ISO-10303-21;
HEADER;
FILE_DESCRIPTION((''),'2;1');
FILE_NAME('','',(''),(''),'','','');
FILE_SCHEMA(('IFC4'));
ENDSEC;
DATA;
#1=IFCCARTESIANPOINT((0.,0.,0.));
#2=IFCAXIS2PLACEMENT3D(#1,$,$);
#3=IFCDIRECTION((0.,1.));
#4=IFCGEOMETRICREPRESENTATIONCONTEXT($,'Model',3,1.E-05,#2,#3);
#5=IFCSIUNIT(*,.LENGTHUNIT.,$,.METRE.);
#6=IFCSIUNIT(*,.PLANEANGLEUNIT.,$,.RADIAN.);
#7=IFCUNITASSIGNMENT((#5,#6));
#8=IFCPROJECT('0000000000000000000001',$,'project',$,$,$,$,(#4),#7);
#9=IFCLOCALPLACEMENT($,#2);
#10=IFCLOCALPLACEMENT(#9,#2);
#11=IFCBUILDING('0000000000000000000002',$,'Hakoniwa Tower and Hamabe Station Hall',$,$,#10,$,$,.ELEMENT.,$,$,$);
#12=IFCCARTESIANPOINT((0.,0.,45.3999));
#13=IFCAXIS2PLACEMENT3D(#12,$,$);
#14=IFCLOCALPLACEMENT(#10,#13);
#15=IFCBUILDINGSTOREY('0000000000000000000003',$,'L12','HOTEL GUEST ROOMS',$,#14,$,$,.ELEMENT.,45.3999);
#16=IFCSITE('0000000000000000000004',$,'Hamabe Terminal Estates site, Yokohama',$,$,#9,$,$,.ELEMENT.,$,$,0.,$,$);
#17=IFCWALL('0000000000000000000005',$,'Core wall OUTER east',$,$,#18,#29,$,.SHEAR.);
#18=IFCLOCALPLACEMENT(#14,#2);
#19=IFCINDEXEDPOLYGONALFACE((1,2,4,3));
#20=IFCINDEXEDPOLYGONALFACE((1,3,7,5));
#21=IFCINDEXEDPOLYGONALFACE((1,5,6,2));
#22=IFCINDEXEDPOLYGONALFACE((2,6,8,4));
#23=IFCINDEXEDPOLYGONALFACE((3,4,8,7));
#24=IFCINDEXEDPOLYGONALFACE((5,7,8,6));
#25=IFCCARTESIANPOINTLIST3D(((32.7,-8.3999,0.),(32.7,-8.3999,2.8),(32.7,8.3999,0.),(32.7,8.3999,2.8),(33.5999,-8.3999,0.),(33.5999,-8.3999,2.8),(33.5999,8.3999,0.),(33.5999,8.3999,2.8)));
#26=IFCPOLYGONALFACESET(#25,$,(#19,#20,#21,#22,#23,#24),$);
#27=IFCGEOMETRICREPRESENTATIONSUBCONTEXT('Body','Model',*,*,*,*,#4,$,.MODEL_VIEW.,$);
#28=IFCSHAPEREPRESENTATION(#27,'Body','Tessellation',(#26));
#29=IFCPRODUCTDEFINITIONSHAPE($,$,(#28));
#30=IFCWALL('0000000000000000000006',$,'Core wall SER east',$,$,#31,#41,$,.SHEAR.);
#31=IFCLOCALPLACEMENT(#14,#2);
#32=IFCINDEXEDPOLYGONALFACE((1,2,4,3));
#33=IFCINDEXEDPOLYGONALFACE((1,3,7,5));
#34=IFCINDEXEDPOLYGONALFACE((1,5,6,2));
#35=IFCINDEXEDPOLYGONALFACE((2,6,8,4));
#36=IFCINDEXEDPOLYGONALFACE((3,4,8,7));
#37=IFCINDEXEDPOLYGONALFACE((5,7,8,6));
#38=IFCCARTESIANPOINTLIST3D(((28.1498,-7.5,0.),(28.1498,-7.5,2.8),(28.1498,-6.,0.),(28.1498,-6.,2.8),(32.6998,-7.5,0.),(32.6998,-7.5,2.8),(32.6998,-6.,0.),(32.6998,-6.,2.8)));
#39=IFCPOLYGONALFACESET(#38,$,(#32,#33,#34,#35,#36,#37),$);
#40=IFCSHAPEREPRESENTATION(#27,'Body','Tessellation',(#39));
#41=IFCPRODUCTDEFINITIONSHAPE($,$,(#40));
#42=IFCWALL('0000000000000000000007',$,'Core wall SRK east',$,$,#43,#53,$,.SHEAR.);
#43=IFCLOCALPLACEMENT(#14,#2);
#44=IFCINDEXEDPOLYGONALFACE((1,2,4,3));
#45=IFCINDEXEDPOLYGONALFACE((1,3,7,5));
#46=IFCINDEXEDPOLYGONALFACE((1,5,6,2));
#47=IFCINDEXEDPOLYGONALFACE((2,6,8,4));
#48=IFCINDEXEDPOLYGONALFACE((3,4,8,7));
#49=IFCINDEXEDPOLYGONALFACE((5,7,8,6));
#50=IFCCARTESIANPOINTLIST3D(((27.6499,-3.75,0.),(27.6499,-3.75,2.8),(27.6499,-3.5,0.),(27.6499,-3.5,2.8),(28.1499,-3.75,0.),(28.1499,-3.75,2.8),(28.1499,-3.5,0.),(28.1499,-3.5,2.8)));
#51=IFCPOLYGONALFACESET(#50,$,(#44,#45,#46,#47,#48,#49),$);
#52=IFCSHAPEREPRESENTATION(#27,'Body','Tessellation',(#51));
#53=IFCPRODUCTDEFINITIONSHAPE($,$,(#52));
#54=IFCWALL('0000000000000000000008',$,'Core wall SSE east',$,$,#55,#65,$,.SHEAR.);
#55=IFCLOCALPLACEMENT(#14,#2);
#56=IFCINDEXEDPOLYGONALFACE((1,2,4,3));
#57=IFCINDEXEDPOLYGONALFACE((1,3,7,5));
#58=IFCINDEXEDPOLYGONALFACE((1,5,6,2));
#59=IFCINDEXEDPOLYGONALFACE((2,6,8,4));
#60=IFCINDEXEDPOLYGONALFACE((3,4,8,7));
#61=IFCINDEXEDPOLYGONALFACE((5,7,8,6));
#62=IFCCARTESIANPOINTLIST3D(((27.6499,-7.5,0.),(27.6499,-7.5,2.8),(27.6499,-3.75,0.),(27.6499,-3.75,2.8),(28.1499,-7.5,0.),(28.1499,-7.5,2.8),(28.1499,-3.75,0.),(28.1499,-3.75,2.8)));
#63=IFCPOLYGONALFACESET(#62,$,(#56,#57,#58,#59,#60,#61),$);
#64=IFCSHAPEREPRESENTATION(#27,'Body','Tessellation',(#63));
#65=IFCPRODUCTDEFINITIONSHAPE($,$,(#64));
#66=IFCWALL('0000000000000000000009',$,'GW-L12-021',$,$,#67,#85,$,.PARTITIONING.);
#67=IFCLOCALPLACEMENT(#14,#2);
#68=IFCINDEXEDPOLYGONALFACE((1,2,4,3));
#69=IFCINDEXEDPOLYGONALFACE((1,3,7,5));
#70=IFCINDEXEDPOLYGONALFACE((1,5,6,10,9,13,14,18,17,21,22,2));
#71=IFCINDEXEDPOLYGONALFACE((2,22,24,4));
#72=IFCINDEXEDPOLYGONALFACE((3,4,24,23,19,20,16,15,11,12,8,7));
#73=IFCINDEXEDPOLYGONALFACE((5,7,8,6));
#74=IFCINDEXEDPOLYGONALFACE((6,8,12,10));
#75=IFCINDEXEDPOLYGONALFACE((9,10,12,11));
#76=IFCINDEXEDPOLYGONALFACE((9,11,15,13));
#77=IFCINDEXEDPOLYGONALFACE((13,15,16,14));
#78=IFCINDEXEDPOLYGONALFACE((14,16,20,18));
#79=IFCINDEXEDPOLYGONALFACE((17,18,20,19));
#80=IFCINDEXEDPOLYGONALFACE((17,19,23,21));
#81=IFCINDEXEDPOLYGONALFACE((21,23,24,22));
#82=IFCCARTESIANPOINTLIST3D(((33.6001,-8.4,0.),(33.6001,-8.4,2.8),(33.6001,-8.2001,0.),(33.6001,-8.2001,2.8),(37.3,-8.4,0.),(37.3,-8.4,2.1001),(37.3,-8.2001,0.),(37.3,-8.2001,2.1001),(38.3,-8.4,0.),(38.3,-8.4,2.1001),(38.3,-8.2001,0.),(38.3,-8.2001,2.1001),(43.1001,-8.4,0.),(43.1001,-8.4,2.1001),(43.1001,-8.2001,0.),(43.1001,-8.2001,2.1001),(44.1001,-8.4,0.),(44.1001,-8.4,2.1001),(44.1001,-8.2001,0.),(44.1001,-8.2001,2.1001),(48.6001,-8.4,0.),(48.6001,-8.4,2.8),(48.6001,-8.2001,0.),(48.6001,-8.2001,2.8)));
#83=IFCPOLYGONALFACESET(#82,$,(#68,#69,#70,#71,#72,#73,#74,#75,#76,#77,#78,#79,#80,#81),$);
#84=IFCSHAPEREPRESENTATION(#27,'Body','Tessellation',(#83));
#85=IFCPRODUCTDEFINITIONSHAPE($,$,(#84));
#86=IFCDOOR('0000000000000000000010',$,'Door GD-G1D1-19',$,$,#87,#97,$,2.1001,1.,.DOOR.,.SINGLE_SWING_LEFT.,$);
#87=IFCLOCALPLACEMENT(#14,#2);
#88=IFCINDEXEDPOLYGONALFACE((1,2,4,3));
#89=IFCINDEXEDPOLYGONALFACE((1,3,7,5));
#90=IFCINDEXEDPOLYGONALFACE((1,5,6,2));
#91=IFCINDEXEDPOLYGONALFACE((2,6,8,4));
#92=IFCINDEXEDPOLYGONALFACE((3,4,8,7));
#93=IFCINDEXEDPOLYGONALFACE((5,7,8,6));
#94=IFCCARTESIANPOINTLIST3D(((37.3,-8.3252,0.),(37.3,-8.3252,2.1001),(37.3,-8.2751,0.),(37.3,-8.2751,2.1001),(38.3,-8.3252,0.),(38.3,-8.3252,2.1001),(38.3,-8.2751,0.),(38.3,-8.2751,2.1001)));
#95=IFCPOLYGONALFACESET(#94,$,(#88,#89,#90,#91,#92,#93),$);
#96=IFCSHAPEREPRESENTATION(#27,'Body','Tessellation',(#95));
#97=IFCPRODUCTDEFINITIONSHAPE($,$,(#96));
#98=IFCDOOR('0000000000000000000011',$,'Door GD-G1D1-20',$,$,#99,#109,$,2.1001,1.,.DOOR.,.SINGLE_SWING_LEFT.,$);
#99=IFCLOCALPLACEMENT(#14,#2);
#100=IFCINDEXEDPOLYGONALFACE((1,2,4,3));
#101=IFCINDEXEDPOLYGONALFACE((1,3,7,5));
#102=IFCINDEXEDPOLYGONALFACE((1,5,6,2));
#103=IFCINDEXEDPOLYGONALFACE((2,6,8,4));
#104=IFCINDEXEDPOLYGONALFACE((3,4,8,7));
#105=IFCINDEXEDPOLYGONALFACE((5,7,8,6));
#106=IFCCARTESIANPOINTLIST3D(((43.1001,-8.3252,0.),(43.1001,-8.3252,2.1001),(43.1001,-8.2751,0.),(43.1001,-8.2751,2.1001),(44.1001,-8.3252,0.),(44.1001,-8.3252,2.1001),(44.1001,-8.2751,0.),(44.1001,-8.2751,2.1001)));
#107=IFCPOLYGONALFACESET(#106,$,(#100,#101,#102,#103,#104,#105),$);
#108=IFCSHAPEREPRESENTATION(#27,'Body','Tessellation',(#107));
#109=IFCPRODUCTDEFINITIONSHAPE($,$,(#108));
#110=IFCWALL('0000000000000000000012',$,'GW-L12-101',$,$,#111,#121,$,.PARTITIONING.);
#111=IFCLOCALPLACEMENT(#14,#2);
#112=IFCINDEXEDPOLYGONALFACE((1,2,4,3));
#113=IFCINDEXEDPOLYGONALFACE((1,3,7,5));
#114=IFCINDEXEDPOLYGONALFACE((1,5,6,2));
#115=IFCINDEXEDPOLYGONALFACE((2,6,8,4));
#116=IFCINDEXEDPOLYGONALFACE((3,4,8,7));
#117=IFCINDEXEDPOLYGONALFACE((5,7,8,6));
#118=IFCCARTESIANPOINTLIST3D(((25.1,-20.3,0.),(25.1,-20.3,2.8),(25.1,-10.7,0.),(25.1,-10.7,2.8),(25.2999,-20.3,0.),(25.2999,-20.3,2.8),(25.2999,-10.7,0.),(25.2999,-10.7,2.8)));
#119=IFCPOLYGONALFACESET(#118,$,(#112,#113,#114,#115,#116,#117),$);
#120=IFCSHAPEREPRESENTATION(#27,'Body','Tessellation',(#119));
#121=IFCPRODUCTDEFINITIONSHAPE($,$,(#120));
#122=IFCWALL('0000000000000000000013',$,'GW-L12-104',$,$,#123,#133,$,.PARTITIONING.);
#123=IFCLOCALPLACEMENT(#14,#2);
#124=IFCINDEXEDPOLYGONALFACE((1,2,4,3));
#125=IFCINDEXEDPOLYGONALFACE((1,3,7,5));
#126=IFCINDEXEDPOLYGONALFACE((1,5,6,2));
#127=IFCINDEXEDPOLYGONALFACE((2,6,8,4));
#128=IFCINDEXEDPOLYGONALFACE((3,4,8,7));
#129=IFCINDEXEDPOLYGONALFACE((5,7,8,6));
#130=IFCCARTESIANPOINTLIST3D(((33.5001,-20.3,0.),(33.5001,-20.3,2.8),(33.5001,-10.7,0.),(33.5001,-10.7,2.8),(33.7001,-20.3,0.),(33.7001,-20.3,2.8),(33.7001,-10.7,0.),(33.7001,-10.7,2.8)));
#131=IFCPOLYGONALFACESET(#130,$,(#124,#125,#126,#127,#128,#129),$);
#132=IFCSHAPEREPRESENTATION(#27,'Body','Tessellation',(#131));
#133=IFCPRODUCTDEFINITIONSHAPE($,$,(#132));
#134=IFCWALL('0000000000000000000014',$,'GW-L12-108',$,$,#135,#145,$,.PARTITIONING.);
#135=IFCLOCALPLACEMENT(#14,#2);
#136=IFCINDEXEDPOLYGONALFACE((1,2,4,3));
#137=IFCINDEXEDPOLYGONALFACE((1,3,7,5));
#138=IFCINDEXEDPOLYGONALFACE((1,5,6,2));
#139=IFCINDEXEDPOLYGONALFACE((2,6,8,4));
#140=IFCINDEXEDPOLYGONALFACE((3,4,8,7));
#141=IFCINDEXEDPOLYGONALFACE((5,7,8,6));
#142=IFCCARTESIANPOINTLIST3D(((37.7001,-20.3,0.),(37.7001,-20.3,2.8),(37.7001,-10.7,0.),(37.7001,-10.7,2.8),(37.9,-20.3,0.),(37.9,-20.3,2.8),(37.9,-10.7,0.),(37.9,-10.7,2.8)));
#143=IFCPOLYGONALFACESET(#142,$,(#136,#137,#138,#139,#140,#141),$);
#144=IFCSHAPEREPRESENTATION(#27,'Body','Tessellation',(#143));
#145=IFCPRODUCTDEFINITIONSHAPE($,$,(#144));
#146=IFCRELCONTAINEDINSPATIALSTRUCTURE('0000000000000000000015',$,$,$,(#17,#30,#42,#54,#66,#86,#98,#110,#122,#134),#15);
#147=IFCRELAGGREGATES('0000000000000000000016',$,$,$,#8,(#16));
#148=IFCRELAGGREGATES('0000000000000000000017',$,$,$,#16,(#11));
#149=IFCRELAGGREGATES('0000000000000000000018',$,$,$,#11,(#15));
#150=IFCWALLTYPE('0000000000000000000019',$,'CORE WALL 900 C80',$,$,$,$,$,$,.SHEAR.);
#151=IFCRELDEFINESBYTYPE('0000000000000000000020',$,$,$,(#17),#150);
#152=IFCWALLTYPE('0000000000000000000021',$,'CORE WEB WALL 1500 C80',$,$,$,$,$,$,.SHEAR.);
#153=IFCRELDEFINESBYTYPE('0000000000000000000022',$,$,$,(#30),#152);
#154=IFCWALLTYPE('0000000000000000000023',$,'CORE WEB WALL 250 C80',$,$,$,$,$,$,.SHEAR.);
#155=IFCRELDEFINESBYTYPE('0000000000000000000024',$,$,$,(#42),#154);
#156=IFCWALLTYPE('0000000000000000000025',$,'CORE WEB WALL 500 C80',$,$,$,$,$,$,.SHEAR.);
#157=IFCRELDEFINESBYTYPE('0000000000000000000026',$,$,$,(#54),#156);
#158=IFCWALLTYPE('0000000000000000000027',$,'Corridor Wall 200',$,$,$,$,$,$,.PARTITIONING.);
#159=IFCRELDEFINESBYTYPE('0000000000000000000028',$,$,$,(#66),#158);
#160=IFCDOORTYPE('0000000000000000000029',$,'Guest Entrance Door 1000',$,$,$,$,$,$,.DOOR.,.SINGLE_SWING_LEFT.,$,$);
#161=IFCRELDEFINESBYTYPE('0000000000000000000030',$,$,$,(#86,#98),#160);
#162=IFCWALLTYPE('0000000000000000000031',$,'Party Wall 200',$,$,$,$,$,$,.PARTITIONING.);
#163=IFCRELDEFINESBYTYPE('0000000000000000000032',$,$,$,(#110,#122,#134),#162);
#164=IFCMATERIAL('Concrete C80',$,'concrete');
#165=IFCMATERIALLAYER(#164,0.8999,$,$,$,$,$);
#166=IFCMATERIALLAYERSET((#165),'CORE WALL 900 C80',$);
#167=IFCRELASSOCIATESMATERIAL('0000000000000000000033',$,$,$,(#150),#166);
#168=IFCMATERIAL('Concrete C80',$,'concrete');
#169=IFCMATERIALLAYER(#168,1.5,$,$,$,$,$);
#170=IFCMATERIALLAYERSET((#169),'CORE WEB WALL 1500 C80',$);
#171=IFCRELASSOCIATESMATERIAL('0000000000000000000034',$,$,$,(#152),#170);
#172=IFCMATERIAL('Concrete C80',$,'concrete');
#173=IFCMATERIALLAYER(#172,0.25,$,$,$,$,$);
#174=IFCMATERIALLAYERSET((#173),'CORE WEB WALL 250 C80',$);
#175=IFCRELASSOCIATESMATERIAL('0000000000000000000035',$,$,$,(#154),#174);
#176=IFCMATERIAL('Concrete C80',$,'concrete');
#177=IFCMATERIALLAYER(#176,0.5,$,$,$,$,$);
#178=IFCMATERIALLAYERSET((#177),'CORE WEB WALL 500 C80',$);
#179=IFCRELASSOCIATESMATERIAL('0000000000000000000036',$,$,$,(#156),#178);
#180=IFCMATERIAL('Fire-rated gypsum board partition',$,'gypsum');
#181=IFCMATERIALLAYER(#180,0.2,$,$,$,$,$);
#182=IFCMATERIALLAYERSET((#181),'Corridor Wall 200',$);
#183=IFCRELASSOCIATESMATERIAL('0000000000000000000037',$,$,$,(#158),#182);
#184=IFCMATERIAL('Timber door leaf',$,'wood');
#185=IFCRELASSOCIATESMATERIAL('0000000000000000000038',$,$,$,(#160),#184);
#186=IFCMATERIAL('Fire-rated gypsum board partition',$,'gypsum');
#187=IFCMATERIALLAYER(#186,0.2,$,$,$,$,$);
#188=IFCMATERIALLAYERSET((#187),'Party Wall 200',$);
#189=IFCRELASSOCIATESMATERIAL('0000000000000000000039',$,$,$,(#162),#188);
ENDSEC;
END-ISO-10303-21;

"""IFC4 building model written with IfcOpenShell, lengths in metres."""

from ifc_helpers import new_model, si_unit, direction, frame, frame_2d, origin, place, context, subcontext, project, spatial, rectangle, extrude, material, layer, layer_set, type_object, element, fill, save


model = new_model("IFC4")

# Units and contexts
model_context = context("Model", 3, precision=1e-05, world=origin(), true_north=direction((0.0, 1.0)))
body_context = subcontext(model_context, "Body", "Model", "MODEL_VIEW")
ifc_project = project(units=[si_unit("LENGTHUNIT", "METRE"), si_unit("PLANEANGLEUNIT", "RADIAN")], contexts=[model_context])

# Site, building, storey
site_placement = place(None, origin())
site = spatial("IfcSite", under=ifc_project, at=site_placement, Name="Hamabe Terminal Estates site, Yokohama", CompositionType="ELEMENT", RefElevation=0.0)
building_placement = place(site_placement, origin())
building = spatial("IfcBuilding", under=site, at=building_placement, Name="Hakoniwa Tower and Hamabe Station Hall", CompositionType="ELEMENT")
storey_placement = place(building_placement, frame((0.0, 0.0, 45.3999)))
storey = spatial("IfcBuildingStorey", under=building, at=storey_placement, Name="L12", Description="HOTEL GUEST ROOMS", CompositionType="ELEMENT", Elevation=45.3999)

# Walls
ifc_material_1 = material(Name="Concrete C80", Category="concrete")
ifc_layer_1 = layer(ifc_material_1, 0.8999)
ifc_layer_set_1 = layer_set([ifc_layer_1], Name="CORE WALL 900 C80")
wall_type_1 = type_object("IfcWallType", Name="CORE WALL 900 C80", PredefinedType="SHEAR", material=ifc_layer_set_1)
wall_1_placement = place(storey_placement, frame((33.1499, -8.3999, 0.0), z_axis=(0.0, 0.0, 1.0), x_axis=(0.0, 1.0, 0.0)))
element("IfcWall", 1, at=wall_1_placement, inside=storey, type_object=wall_type_1, Name="Core wall OUTER east", PredefinedType="SHEAR", context=body_context, shape_type="SweptSolid", body=[
    extrude(rectangle(XDim=16.7998, YDim=0.8999, at=frame_2d((8.3999, 0.0))), origin(), (0.0, 0.0, 1.0), 2.8),
])
ifc_material_2 = material(Name="Concrete C80", Category="concrete")
ifc_layer_2 = layer(ifc_material_2, 1.5)
ifc_layer_set_2 = layer_set([ifc_layer_2], Name="CORE WEB WALL 1500 C80")
wall_type_2 = type_object("IfcWallType", Name="CORE WEB WALL 1500 C80", PredefinedType="SHEAR", material=ifc_layer_set_2)
wall_2_placement = place(storey_placement, frame((28.1499, -6.75, 0.0), z_axis=(0.0, 0.0, 1.0), x_axis=(1.0, 0.0, 0.0)))
element("IfcWall", 2, at=wall_2_placement, inside=storey, type_object=wall_type_2, Name="Core wall SER east", PredefinedType="SHEAR", context=body_context, shape_type="SweptSolid", body=[
    extrude(rectangle(XDim=4.55, YDim=1.5, at=frame_2d((2.2749, 0.0))), origin(), (0.0, 0.0, 1.0), 2.8),
])
ifc_material_3 = material(Name="Concrete C80", Category="concrete")
ifc_layer_3 = layer(ifc_material_3, 0.25)
ifc_layer_set_3 = layer_set([ifc_layer_3], Name="CORE WEB WALL 250 C80")
wall_type_3 = type_object("IfcWallType", Name="CORE WEB WALL 250 C80", PredefinedType="SHEAR", material=ifc_layer_set_3)
wall_3_placement = place(storey_placement, frame((27.6499, -3.625, 0.0), z_axis=(0.0, 0.0, 1.0), x_axis=(1.0, 0.0, 0.0)))
element("IfcWall", 3, at=wall_3_placement, inside=storey, type_object=wall_type_3, Name="Core wall SRK east", PredefinedType="SHEAR", context=body_context, shape_type="SweptSolid", body=[
    extrude(rectangle(XDim=0.5, YDim=0.25, at=frame_2d((0.25, 0.0))), origin(), (0.0, 0.0, 1.0), 2.8),
])
ifc_material_4 = material(Name="Concrete C80", Category="concrete")
ifc_layer_4 = layer(ifc_material_4, 0.5)
ifc_layer_set_4 = layer_set([ifc_layer_4], Name="CORE WEB WALL 500 C80")
wall_type_4 = type_object("IfcWallType", Name="CORE WEB WALL 500 C80", PredefinedType="SHEAR", material=ifc_layer_set_4)
wall_4_placement = place(storey_placement, frame((27.8999, -7.5, 0.0), z_axis=(0.0, 0.0, 1.0), x_axis=(0.0, 1.0, 0.0)))
element("IfcWall", 4, at=wall_4_placement, inside=storey, type_object=wall_type_4, Name="Core wall SSE east", PredefinedType="SHEAR", context=body_context, shape_type="SweptSolid", body=[
    extrude(rectangle(XDim=3.75, YDim=0.5, at=frame_2d((1.875, 0.0))), origin(), (0.0, 0.0, 1.0), 2.8),
])

# Wall, openings, doors
ifc_material_5 = material(Name="Fire-rated gypsum board partition", Category="gypsum")
ifc_layer_5 = layer(ifc_material_5, 0.2)
ifc_layer_set_5 = layer_set([ifc_layer_5], Name="Corridor Wall 200")
wall_type_5 = type_object("IfcWallType", Name="Corridor Wall 200", PredefinedType="PARTITIONING", material=ifc_layer_set_5)
wall_5_placement = place(storey_placement, frame((33.6001, -8.3, 0.0), z_axis=(0.0, 0.0, 1.0), x_axis=(1.0, 0.0, 0.0)))
wall_5 = element("IfcWall", 5, at=wall_5_placement, inside=storey, type_object=wall_type_5, Name="GW-L12-021", PredefinedType="PARTITIONING", context=body_context, shape_type="SweptSolid", body=[
    extrude(rectangle(XDim=15.0, YDim=0.2, at=frame_2d((7.5, 0.0))), origin(), (0.0, 0.0, 1.0), 2.8),
])
opening_1_placement = place(wall_5_placement, frame((3.7, 0.0, 0.0)))
opening_1 = element("IfcOpeningElement", 6, at=opening_1_placement, cuts=wall_5, PredefinedType="OPENING", context=body_context, shape_type="SweptSolid", body=[
    extrude(rectangle(XDim=1.0, YDim=2.1001, at=frame_2d((0.5, 1.05))), frame((0.0, 0.1099, 0.0), z_axis=(0.0, -1.0, 0.0), x_axis=(1.0, 0.0, 0.0)), (0.0, 0.0, 1.0), 0.22),
])
opening_2_placement = place(wall_5_placement, frame((9.5, 0.0, 0.0)))
opening_2 = element("IfcOpeningElement", 7, at=opening_2_placement, cuts=wall_5, PredefinedType="OPENING", context=body_context, shape_type="SweptSolid", body=[
    extrude(rectangle(XDim=1.0, YDim=2.1001, at=frame_2d((0.5, 1.05))), frame((0.0, 0.1099, 0.0), z_axis=(0.0, -1.0, 0.0), x_axis=(1.0, 0.0, 0.0)), (0.0, 0.0, 1.0), 0.22),
])
ifc_material_6 = material(Name="Timber door leaf", Category="wood")
door_type_1 = type_object("IfcDoorType", Name="Guest Entrance Door 1000", OperationType="SINGLE_SWING_LEFT", PredefinedType="DOOR", material=ifc_material_6)
door_1_placement = place(opening_1_placement, origin())
door_1 = element("IfcDoor", 8, at=door_1_placement, inside=storey, type_object=door_type_1, Name="Door GD-G1D1-19", OperationType="SINGLE_SWING_LEFT", OverallHeight=2.1001, OverallWidth=1.0, PredefinedType="DOOR", context=body_context, shape_type="SweptSolid", body=[
    extrude(rectangle(XDim=1.0, YDim=2.1001, at=frame_2d((0.5, 1.05))), frame((0.0, 0.0249, 0.0), z_axis=(0.0, -1.0, 0.0), x_axis=(1.0, 0.0, 0.0)), (0.0, 0.0, 1.0), 0.05),
])
fill(opening_1, door_1)
door_2_placement = place(opening_2_placement, origin())
door_2 = element("IfcDoor", 9, at=door_2_placement, inside=storey, type_object=door_type_1, Name="Door GD-G1D1-20", OperationType="SINGLE_SWING_LEFT", OverallHeight=2.1001, OverallWidth=1.0, PredefinedType="DOOR", context=body_context, shape_type="SweptSolid", body=[
    extrude(rectangle(XDim=1.0, YDim=2.1001, at=frame_2d((0.5, 1.05))), frame((0.0, 0.0249, 0.0), z_axis=(0.0, -1.0, 0.0), x_axis=(1.0, 0.0, 0.0)), (0.0, 0.0, 1.0), 0.05),
])
fill(opening_2, door_2)

# Walls
ifc_material_7 = material(Name="Fire-rated gypsum board partition", Category="gypsum")
ifc_layer_6 = layer(ifc_material_7, 0.2)
ifc_layer_set_6 = layer_set([ifc_layer_6], Name="Party Wall 200")
wall_type_6 = type_object("IfcWallType", Name="Party Wall 200", PredefinedType="PARTITIONING", material=ifc_layer_set_6)
for number, where, z_axis, x_axis, name in (
    (10, (25.2, -20.3, 0.0), (0.0, 0.0, 1.0), (0.0, 1.0, 0.0), "GW-L12-101"),
    (11, (33.6001, -20.3, 0.0), (0.0, 0.0, 1.0), (0.0, 1.0, 0.0), "GW-L12-104"),
    (12, (37.8, -20.3, 0.0), (0.0, 0.0, 1.0), (0.0, 1.0, 0.0), "GW-L12-108"),
):
    element("IfcWall", number, at=place(storey_placement, frame(where, z_axis=z_axis, x_axis=x_axis)), inside=storey, type_object=wall_type_6, Name=name, PredefinedType="PARTITIONING", context=body_context, shape_type="SweptSolid", body=[
        extrude(rectangle(XDim=9.6001, YDim=0.2, at=frame_2d((4.8, 0.0))), origin(), (0.0, 0.0, 1.0), 2.8),
    ])

save(model, "model.ifc")
